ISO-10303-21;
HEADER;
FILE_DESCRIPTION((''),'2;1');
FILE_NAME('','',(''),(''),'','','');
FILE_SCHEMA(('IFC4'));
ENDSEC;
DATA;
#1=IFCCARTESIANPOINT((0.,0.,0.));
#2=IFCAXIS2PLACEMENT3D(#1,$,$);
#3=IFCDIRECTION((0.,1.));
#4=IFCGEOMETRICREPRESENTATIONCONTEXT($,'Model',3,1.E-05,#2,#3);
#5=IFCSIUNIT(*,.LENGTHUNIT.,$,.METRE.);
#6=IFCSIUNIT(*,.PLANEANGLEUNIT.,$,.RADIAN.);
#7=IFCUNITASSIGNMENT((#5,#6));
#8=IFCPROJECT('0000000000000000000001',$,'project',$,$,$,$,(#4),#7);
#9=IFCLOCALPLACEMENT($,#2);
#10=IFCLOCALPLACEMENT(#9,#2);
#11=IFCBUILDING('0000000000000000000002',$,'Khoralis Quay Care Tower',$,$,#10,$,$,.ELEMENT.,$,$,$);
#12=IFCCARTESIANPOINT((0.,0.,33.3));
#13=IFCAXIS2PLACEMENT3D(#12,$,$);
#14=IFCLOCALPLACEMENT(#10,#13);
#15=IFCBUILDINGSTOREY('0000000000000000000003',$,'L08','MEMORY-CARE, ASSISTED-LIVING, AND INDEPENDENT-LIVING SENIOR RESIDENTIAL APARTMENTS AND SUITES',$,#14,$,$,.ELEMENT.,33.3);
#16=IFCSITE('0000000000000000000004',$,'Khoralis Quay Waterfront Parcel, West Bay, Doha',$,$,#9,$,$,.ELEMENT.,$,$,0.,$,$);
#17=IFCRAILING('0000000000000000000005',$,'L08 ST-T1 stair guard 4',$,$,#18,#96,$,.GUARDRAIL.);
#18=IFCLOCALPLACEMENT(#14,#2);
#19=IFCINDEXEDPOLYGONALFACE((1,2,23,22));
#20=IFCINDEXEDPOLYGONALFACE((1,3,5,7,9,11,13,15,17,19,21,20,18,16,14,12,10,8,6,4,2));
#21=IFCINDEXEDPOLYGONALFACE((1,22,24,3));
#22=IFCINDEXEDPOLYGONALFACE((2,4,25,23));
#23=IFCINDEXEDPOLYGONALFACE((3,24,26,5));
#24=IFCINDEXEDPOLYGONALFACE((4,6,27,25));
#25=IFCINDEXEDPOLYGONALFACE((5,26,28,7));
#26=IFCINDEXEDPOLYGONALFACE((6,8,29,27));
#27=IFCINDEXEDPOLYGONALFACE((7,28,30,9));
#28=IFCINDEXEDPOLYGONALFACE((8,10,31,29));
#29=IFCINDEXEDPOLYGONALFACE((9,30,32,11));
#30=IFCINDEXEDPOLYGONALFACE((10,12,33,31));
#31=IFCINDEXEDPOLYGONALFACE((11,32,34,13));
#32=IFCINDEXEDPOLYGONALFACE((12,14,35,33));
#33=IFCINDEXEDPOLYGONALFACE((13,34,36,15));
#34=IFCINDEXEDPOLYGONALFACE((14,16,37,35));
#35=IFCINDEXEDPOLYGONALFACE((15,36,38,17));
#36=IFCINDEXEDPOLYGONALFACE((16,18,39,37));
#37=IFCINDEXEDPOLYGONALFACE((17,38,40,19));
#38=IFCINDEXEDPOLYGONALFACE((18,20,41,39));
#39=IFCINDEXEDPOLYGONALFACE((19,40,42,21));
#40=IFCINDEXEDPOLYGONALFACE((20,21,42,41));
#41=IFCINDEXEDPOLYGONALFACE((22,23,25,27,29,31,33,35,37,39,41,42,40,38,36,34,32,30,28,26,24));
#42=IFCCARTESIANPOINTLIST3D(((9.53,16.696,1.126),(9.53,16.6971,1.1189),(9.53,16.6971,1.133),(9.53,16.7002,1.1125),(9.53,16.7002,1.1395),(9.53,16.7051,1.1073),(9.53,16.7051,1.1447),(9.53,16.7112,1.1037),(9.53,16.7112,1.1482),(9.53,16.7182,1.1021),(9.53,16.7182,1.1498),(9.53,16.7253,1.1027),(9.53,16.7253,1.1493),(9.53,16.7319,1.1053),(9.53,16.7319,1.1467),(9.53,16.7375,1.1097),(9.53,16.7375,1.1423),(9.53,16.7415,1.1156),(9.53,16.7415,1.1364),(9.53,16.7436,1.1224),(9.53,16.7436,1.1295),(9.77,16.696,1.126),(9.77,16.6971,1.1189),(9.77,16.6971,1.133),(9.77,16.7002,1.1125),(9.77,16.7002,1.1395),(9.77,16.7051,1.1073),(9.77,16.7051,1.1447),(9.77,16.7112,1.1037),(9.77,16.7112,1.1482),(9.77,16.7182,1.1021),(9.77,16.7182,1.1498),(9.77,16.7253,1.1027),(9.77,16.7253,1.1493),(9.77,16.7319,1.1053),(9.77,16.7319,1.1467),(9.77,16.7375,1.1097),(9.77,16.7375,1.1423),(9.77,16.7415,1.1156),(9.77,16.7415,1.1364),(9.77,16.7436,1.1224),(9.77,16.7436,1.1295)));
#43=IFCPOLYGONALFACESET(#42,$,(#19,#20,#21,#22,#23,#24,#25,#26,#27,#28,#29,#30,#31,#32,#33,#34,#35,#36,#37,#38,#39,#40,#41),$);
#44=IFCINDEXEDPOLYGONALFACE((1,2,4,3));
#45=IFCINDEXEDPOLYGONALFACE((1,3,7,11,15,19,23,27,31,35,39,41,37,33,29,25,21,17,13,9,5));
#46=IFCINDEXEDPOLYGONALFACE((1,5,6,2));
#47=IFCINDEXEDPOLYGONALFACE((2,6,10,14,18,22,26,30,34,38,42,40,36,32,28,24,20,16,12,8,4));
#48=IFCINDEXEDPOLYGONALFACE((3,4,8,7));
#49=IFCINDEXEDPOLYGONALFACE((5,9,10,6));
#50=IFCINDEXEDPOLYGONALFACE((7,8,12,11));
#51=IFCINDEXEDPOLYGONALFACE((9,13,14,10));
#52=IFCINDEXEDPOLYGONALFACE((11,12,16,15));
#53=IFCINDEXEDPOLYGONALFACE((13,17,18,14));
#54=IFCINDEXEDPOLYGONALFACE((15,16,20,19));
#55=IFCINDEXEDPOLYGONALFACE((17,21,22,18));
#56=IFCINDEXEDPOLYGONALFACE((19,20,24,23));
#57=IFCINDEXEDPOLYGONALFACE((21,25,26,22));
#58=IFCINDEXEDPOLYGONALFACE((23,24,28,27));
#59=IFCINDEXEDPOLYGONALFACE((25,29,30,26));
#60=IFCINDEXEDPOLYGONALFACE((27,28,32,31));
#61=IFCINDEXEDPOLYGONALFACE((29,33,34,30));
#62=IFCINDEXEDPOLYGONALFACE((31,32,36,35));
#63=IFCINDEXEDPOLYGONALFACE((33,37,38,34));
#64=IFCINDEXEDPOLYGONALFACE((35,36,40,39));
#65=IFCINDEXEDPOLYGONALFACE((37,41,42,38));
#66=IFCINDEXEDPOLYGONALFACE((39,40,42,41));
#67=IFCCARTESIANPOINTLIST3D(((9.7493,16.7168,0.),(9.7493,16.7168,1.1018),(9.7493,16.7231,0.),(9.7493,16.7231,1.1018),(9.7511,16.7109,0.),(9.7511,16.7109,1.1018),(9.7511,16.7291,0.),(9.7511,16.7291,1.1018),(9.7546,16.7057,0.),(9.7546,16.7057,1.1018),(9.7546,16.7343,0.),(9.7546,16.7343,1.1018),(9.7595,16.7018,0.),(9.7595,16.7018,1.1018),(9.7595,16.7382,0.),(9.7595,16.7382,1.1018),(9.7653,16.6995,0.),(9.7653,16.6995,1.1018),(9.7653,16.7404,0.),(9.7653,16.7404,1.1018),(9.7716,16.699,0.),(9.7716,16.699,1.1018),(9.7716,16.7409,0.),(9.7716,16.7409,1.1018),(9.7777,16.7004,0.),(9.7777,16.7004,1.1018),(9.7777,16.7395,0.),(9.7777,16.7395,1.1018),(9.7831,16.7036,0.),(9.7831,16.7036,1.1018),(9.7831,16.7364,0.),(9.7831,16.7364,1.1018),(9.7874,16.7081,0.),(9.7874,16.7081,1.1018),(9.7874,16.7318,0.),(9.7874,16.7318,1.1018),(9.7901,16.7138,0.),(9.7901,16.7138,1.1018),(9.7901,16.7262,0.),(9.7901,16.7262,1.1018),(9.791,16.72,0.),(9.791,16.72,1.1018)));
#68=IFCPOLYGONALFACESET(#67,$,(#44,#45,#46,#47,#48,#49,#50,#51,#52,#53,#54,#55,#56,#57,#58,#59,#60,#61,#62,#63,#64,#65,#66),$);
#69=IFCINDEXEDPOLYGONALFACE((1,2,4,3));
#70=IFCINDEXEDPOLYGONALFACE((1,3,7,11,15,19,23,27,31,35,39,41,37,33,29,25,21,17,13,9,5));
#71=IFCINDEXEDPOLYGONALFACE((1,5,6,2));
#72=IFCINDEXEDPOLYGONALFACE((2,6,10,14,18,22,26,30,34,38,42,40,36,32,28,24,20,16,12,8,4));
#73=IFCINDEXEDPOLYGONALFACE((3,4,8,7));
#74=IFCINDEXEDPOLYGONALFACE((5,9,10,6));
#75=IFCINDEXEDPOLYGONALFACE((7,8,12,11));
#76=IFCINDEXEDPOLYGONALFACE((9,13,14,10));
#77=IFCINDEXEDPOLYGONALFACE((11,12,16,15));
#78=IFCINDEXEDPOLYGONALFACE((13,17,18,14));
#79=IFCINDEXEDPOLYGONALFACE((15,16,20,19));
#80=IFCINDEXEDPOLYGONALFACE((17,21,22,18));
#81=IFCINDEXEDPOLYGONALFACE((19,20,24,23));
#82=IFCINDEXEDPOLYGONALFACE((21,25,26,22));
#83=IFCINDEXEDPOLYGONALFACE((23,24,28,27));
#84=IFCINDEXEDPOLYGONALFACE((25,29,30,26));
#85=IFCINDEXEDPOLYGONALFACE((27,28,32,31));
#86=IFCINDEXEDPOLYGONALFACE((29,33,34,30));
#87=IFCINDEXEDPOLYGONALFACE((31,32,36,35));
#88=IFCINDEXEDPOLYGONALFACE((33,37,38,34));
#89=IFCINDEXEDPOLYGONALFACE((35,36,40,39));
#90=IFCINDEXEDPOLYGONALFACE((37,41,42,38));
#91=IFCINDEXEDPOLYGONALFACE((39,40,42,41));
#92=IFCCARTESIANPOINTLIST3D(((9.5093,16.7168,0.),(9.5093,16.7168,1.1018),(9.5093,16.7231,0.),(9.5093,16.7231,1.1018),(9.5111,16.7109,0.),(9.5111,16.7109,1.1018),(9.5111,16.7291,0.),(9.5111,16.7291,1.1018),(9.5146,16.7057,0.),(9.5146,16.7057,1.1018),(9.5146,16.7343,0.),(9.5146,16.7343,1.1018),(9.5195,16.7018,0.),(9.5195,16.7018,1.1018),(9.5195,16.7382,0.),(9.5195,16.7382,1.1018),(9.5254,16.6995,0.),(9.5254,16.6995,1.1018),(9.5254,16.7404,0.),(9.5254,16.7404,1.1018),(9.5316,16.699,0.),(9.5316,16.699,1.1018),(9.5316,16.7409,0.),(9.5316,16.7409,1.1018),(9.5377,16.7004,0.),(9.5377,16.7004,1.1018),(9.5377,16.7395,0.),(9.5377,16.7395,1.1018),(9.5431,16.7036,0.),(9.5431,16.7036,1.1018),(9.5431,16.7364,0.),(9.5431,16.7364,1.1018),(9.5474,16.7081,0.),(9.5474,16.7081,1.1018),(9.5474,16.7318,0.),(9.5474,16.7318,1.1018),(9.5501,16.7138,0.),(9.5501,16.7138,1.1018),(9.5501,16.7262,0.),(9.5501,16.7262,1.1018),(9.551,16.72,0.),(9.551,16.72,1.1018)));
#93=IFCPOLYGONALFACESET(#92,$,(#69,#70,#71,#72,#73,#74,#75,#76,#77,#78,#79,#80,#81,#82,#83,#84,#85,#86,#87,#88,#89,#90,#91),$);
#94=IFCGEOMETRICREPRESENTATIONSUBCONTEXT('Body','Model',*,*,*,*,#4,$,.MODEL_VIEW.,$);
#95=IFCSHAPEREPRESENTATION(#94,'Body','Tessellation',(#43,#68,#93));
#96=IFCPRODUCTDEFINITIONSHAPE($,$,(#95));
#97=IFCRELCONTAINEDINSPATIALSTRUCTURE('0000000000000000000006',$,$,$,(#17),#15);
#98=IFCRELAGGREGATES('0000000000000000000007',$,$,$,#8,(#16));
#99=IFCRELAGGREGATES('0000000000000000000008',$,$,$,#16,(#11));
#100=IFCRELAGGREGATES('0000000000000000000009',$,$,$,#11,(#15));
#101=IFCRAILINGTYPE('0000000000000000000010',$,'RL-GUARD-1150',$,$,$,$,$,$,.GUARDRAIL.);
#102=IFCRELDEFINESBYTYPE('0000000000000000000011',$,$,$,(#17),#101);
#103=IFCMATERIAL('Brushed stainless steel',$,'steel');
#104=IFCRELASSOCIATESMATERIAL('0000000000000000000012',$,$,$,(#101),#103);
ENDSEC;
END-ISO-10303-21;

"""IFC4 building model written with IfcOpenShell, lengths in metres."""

from ifc_helpers import new_model, si_unit, direction, frame, origin, origin_2d, place, context, subcontext, project, spatial, circle, extrude, material, type_object, element, save


model = new_model("IFC4")

# Units and contexts
model_context = context("Model", 3, precision=1e-05, world=origin(), true_north=direction((0.0, 1.0)))
body_context = subcontext(model_context, "Body", "Model", "MODEL_VIEW")
ifc_project = project(units=[si_unit("LENGTHUNIT", "METRE"), si_unit("PLANEANGLEUNIT", "RADIAN")], contexts=[model_context])

# Site, building, storey
site_placement = place(None, origin())
site = spatial("IfcSite", under=ifc_project, at=site_placement, Name="Khoralis Quay Waterfront Parcel, West Bay, Doha", CompositionType="ELEMENT", RefElevation=0.0)
building_placement = place(site_placement, origin())
building = spatial("IfcBuilding", under=site, at=building_placement, Name="Khoralis Quay Care Tower", CompositionType="ELEMENT")
storey_placement = place(building_placement, frame((0.0, 0.0, 33.3)))
storey = spatial("IfcBuildingStorey", under=building, at=storey_placement, Name="L08", Description="MEMORY-CARE, ASSISTED-LIVING, AND INDEPENDENT-LIVING SENIOR RESIDENTIAL APARTMENTS AND SUITES", CompositionType="ELEMENT", Elevation=33.3)

# Shared definitions
ifc_material_1 = material(Name="Brushed stainless steel", Category="steel")

# Railing
railing_type_1 = type_object("IfcRailingType", Name="RL-GUARD-1150", PredefinedType="GUARDRAIL", material=ifc_material_1)
railing_1_placement = place(storey_placement, frame((9.77, 16.72, 0.0)))
element("IfcRailing", 1, at=railing_1_placement, inside=storey, type_object=railing_type_1, Name="L08 ST-T1 stair guard 4", PredefinedType="GUARDRAIL", context=body_context, shape_type="SweptSolid", body=[
    extrude(circle(Radius=0.0239, at=origin_2d()), frame((0.0, 0.0, 1.126), z_axis=(-1.0, 0.0, 0.0), x_axis=(0.0, -1.0, 0.0)), (0.0, 0.0, 1.0), 0.24),
    extrude(circle(Radius=0.021, at=origin_2d()), origin(), (0.0, 0.0, 1.0), 1.1018),
    extrude(circle(Radius=0.021, at=origin_2d()), frame((-0.24, 0.0, 0.0)), (0.0, 0.0, 1.0), 1.1018),
])

save(model, "model.ifc")
